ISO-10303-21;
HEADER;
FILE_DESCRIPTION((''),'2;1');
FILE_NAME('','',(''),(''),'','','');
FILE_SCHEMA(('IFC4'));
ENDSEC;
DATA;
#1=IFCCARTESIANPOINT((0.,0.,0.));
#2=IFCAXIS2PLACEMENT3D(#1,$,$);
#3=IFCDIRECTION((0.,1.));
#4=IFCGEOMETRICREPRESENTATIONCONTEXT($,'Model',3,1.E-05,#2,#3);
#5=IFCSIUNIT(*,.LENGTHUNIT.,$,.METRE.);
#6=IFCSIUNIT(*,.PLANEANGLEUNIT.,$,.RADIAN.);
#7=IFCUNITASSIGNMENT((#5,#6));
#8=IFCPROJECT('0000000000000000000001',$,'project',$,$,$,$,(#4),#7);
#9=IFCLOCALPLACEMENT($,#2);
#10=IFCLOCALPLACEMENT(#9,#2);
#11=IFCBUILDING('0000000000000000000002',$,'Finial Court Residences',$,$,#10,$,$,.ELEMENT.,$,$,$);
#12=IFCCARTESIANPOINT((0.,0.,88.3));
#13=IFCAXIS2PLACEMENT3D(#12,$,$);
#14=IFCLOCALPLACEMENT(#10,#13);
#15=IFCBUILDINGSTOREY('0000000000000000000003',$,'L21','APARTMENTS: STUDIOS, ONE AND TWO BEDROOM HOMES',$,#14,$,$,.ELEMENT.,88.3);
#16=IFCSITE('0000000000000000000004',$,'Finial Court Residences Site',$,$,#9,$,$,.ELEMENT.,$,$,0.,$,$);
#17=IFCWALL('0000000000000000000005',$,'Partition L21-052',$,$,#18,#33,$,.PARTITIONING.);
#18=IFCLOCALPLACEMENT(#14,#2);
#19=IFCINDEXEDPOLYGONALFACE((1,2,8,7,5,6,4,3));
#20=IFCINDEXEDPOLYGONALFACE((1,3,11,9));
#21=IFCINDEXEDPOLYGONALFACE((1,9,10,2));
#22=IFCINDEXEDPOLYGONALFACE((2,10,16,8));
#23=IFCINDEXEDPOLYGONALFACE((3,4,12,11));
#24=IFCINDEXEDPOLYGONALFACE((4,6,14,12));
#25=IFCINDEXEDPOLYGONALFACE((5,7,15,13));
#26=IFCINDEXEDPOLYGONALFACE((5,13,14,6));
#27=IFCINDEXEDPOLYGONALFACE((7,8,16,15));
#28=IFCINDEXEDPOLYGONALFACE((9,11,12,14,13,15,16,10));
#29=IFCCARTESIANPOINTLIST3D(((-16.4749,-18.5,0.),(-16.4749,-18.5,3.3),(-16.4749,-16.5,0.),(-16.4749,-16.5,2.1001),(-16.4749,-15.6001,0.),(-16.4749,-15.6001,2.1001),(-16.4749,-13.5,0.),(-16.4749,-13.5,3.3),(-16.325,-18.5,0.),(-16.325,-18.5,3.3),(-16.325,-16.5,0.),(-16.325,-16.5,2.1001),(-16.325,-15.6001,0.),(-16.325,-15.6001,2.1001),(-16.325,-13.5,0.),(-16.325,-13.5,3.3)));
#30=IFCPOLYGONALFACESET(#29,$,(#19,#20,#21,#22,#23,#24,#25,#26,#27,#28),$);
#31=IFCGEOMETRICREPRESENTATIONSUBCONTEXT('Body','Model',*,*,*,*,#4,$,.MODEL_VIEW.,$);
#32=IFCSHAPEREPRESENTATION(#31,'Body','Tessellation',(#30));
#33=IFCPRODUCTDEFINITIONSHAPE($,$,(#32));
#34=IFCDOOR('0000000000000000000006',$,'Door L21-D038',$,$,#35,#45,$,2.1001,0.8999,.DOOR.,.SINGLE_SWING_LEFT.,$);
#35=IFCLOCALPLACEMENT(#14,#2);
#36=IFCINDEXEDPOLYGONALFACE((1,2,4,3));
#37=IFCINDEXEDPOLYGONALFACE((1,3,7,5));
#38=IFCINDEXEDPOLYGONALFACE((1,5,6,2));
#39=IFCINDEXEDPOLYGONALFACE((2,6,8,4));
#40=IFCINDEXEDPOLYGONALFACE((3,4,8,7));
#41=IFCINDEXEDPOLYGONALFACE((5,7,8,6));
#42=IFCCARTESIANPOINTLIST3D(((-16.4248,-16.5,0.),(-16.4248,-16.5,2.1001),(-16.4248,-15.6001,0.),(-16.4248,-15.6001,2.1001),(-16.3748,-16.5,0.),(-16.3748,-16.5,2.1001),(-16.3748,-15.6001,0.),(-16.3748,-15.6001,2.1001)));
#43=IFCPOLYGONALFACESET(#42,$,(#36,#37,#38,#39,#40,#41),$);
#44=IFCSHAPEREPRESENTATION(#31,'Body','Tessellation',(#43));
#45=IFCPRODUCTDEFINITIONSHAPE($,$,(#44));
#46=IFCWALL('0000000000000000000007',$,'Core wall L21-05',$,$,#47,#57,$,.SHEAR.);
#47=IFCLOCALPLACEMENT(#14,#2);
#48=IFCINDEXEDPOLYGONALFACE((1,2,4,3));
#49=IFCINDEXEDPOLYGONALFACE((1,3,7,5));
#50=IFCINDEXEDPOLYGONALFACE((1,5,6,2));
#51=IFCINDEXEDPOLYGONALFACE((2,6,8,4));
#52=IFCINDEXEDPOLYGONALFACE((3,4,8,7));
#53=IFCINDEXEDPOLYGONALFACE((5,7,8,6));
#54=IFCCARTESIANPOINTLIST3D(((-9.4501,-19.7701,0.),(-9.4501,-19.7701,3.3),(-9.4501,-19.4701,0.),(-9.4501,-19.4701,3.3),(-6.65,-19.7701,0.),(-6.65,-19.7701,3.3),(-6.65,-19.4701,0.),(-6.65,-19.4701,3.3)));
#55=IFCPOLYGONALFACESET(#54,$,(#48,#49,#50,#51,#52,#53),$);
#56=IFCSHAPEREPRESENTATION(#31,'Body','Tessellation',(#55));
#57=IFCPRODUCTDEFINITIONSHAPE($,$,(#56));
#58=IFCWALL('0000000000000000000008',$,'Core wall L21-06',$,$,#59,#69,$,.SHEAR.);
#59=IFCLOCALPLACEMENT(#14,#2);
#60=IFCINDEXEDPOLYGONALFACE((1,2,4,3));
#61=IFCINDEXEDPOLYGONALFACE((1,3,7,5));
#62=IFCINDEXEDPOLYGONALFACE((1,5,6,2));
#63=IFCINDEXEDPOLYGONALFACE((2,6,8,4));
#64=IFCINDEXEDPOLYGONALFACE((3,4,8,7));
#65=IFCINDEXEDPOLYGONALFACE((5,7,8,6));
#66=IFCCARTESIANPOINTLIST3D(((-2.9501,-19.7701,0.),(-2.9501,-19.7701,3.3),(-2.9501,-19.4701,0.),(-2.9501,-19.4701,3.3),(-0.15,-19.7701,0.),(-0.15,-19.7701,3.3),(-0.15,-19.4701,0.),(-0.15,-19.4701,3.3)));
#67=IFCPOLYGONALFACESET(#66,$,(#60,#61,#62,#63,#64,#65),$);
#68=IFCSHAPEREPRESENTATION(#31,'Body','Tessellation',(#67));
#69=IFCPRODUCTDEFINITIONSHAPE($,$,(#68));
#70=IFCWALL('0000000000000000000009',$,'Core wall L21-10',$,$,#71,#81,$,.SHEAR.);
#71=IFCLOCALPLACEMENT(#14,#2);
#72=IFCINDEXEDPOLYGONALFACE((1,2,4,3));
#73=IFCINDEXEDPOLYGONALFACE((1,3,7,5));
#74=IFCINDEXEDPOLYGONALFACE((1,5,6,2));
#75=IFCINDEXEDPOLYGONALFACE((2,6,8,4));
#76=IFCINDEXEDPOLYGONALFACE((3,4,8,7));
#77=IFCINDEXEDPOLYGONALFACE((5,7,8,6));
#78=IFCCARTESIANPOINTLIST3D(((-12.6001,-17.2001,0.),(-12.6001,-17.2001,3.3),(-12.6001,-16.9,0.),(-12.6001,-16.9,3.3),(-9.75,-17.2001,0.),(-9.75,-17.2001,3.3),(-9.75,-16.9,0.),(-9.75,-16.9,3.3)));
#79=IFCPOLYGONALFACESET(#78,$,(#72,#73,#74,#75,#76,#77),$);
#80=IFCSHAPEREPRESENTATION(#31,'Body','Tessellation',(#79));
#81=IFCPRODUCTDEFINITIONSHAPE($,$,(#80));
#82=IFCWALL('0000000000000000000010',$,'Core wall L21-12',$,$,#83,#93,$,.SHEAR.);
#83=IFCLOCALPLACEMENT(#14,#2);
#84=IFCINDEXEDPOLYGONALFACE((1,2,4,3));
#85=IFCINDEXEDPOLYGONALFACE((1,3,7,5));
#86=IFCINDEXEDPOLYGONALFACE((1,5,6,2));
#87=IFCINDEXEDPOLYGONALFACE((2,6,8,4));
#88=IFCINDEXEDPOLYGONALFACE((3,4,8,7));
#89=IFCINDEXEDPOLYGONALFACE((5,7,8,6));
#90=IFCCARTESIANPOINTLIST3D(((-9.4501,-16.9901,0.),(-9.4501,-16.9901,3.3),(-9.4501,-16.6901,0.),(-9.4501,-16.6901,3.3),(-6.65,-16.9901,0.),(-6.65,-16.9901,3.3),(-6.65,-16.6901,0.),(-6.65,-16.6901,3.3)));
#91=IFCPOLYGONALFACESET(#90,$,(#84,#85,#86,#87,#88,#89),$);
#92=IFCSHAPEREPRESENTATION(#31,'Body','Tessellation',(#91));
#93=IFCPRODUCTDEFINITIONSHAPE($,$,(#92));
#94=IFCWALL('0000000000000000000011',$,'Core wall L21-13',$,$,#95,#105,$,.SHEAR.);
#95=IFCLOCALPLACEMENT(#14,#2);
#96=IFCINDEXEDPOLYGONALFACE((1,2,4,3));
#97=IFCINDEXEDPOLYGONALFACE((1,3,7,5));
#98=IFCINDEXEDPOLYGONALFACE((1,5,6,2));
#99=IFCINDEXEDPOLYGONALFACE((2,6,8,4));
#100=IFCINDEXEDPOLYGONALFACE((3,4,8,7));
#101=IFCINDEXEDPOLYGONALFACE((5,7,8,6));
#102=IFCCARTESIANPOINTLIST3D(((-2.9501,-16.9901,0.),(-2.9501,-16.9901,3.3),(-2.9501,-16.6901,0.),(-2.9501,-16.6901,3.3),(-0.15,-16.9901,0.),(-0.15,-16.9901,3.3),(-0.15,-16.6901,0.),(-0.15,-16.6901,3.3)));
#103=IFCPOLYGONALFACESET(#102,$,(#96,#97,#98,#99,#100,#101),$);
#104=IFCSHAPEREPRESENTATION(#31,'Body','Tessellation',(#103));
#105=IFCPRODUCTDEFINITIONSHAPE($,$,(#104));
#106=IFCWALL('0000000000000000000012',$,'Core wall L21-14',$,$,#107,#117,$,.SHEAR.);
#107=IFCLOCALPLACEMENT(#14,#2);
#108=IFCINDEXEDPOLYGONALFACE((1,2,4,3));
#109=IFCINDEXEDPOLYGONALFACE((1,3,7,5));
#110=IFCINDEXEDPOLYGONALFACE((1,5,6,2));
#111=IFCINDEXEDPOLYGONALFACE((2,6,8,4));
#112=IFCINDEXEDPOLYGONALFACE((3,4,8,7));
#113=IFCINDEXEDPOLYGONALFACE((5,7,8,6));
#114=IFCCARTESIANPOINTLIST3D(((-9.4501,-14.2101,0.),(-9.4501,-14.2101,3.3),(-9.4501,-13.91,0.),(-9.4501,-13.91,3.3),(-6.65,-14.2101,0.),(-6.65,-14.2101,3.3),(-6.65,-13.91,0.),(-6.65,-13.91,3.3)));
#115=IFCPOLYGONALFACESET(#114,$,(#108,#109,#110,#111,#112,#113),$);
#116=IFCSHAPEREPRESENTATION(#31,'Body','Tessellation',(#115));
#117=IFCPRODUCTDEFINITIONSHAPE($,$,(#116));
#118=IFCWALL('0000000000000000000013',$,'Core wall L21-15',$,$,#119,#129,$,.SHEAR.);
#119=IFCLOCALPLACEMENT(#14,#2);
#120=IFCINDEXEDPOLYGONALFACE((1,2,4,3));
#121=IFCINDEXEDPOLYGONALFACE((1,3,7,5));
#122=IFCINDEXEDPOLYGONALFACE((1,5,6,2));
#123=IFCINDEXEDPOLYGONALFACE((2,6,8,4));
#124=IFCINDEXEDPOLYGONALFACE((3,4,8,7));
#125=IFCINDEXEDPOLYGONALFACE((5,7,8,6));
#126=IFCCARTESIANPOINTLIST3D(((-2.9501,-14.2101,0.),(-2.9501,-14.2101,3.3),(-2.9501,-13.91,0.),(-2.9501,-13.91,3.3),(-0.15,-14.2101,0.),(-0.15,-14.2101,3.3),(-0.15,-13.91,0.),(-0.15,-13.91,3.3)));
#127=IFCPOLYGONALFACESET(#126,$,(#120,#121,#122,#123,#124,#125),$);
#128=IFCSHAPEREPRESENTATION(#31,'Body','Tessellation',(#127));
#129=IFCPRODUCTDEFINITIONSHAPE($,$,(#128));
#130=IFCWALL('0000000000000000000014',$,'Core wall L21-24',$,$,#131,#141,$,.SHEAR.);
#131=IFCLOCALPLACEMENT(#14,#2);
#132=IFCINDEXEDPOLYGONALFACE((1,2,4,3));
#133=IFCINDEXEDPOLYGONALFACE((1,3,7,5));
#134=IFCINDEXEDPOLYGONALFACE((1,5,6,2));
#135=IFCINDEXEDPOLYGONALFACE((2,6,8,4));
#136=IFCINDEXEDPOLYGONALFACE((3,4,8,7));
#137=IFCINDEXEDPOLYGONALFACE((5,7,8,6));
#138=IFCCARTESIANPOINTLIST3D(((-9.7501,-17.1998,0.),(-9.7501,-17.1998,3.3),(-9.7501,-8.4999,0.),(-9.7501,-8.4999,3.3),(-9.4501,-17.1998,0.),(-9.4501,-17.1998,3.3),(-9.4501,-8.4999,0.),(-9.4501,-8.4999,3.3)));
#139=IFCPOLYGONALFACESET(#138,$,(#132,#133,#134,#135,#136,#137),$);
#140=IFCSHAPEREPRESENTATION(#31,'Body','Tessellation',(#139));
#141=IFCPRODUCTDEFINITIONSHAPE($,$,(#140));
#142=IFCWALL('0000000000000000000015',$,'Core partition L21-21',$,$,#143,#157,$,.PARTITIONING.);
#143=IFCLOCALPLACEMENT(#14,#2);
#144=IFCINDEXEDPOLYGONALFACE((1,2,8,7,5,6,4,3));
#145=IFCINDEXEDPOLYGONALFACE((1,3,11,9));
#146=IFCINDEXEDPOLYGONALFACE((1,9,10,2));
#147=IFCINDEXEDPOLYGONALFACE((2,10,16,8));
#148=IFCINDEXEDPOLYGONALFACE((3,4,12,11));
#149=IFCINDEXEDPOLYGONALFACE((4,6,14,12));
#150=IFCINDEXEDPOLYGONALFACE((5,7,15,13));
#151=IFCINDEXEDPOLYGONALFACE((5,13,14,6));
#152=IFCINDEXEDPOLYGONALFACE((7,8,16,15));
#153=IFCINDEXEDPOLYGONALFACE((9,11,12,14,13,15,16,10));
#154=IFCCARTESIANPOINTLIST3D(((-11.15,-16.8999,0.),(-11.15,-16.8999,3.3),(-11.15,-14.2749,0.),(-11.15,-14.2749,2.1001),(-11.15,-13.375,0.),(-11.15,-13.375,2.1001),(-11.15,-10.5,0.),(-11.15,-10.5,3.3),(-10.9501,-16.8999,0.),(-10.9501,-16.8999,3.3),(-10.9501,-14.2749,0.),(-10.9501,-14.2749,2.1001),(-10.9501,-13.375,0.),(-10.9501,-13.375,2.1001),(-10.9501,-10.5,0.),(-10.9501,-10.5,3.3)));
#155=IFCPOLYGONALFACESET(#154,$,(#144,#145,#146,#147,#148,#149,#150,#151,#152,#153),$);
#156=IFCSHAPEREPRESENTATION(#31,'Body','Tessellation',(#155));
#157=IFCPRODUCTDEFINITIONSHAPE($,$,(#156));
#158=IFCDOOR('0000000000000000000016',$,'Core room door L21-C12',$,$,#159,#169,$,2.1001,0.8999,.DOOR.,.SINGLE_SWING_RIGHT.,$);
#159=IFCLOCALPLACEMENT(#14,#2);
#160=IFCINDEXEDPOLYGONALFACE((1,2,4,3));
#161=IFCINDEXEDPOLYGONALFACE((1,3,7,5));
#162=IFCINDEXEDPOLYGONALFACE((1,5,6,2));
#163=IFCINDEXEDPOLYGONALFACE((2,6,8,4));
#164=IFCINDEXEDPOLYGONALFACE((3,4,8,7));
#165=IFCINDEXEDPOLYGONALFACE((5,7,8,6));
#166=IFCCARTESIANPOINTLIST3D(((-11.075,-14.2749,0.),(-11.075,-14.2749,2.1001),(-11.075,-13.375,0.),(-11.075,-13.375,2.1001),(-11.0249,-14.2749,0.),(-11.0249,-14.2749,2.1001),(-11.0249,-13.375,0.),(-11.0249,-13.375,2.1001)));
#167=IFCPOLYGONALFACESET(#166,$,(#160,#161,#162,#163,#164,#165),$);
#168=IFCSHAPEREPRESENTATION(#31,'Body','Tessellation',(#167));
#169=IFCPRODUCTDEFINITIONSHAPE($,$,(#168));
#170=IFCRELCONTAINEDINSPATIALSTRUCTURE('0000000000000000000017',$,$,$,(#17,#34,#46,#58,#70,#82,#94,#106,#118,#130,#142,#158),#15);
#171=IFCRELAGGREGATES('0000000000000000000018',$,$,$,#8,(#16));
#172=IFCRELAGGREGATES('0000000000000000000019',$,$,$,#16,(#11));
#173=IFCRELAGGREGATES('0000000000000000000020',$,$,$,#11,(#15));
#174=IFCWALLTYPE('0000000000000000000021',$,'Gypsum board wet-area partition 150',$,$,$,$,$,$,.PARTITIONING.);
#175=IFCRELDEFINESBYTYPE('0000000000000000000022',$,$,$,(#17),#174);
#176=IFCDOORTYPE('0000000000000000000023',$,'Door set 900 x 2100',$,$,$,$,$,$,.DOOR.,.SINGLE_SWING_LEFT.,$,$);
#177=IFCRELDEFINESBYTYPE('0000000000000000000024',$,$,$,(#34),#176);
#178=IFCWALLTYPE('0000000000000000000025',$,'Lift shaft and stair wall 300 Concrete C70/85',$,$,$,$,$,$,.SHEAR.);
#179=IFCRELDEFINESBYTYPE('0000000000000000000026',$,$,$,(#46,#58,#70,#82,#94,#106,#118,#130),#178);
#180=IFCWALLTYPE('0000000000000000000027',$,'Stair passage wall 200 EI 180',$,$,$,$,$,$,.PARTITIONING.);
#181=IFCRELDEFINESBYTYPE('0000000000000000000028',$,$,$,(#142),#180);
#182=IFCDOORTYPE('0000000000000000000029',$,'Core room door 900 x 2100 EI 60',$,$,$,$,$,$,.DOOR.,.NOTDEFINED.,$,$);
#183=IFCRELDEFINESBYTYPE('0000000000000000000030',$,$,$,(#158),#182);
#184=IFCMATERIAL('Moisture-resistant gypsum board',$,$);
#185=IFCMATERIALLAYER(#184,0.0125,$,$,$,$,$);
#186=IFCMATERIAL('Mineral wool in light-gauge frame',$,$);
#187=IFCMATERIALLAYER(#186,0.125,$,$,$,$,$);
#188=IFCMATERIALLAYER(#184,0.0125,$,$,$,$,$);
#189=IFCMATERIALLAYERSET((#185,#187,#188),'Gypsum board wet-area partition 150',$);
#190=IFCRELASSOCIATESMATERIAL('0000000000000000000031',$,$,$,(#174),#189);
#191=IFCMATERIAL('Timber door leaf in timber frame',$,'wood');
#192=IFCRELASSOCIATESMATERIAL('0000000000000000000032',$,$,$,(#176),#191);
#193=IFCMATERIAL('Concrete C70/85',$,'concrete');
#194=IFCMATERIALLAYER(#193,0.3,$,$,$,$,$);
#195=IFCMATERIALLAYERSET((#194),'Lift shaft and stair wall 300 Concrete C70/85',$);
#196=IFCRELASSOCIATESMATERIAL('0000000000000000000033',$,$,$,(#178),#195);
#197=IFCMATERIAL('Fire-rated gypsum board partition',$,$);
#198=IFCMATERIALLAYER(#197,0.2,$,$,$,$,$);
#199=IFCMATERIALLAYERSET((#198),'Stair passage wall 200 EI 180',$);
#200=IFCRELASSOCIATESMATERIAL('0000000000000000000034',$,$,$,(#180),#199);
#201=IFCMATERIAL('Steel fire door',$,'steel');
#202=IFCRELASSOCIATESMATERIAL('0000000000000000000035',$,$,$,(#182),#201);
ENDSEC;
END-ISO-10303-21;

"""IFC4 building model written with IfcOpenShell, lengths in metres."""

from ifc_helpers import new_model, si_unit, direction, frame, frame_2d, origin, place, context, subcontext, project, spatial, rectangle, extrude, material, layer, layer_set, type_object, element, fill, save


model = new_model("IFC4")

# Units and contexts
model_context = context("Model", 3, precision=1e-05, world=origin(), true_north=direction((0.0, 1.0)))
body_context = subcontext(model_context, "Body", "Model", "MODEL_VIEW")
ifc_project = project(units=[si_unit("LENGTHUNIT", "METRE"), si_unit("PLANEANGLEUNIT", "RADIAN")], contexts=[model_context])

# Site, building, storey
site_placement = place(None, origin())
site = spatial("IfcSite", under=ifc_project, at=site_placement, Name="Finial Court Residences Site", CompositionType="ELEMENT", RefElevation=0.0)
building_placement = place(site_placement, origin())
building = spatial("IfcBuilding", under=site, at=building_placement, Name="Finial Court Residences", CompositionType="ELEMENT")
storey_placement = place(building_placement, frame((0.0, 0.0, 88.3)))
storey = spatial("IfcBuildingStorey", under=building, at=storey_placement, Name="L21", Description="APARTMENTS: STUDIOS, ONE AND TWO BEDROOM HOMES", CompositionType="ELEMENT", Elevation=88.3)

# Wall, opening, door
ifc_material_1 = material(Name="Moisture-resistant gypsum board")
ifc_layer_1 = layer(ifc_material_1, 0.0125)
ifc_material_2 = material(Name="Mineral wool in light-gauge frame")
ifc_layer_2 = layer(ifc_material_2, 0.125)
ifc_layer_3 = layer(ifc_material_1, 0.0125)
ifc_layer_set_1 = layer_set([ifc_layer_1, ifc_layer_2, ifc_layer_3], Name="Gypsum board wet-area partition 150")
wall_type_1 = type_object("IfcWallType", Name="Gypsum board wet-area partition 150", PredefinedType="PARTITIONING", material=ifc_layer_set_1)
wall_1_placement = place(storey_placement, frame((-16.3999, -18.5, 0.0), z_axis=(0.0, 0.0, 1.0), x_axis=(0.0, 1.0, 0.0)))
wall_1 = element("IfcWall", 1, at=wall_1_placement, inside=storey, type_object=wall_type_1, Name="Partition L21-052", PredefinedType="PARTITIONING", context=body_context, shape_type="SweptSolid", body=[
    extrude(rectangle(XDim=5.0, YDim=0.1499, at=frame_2d((2.5, 0.0))), origin(), (0.0, 0.0, 1.0), 3.3),
])
opening_1_placement = place(wall_1_placement, frame((2.0, 0.0, 0.0)))
opening_1 = element("IfcOpeningElement", 2, at=opening_1_placement, cuts=wall_1, PredefinedType="OPENING", context=body_context, shape_type="SweptSolid", body=[
    extrude(rectangle(XDim=0.8999, YDim=2.1001, at=frame_2d((0.45, 1.05))), frame((0.0, 0.085, 0.0), z_axis=(0.0, -1.0, 0.0), x_axis=(1.0, 0.0, 0.0)), (0.0, 0.0, 1.0), 0.1699),
])
ifc_material_3 = material(Name="Timber door leaf in timber frame", Category="wood")
door_type_1 = type_object("IfcDoorType", Name="Door set 900 x 2100", OperationType="SINGLE_SWING_LEFT", PredefinedType="DOOR", material=ifc_material_3)
door_1_placement = place(opening_1_placement, origin())
door_1 = element("IfcDoor", 3, at=door_1_placement, inside=storey, type_object=door_type_1, Name="Door L21-D038", OperationType="SINGLE_SWING_LEFT", OverallHeight=2.1001, OverallWidth=0.8999, PredefinedType="DOOR", context=body_context, shape_type="SweptSolid", body=[
    extrude(rectangle(XDim=0.8999, YDim=2.1001, at=frame_2d((0.45, 1.05))), frame((0.0, 0.0249, 0.0), z_axis=(0.0, -1.0, 0.0), x_axis=(1.0, 0.0, 0.0)), (0.0, 0.0, 1.0), 0.05),
])
fill(opening_1, door_1)

# Walls
ifc_material_4 = material(Name="Concrete C70/85", Category="concrete")
ifc_layer_4 = layer(ifc_material_4, 0.3)
ifc_layer_set_2 = layer_set([ifc_layer_4], Name="Lift shaft and stair wall 300 Concrete C70/85")
wall_type_2 = type_object("IfcWallType", Name="Lift shaft and stair wall 300 Concrete C70/85", PredefinedType="SHEAR", material=ifc_layer_set_2)
for number, where, z_axis, x_axis, name in (
    (4, (-9.45, -19.6201, 0.0), (0.0, 0.0, 1.0), (1.0, 0.0, 0.0), "Core wall L21-05"),
    (5, (-2.95, -19.6201, 0.0), (0.0, 0.0, 1.0), (1.0, 0.0, 0.0), "Core wall L21-06"),
):
    element("IfcWall", number, at=place(storey_placement, frame(where, z_axis=z_axis, x_axis=x_axis)), inside=storey, type_object=wall_type_2, Name=name, PredefinedType="SHEAR", context=body_context, shape_type="SweptSolid", body=[
        extrude(rectangle(XDim=2.8, YDim=0.3, at=frame_2d((1.3999, 0.0))), origin(), (0.0, 0.0, 1.0), 3.3),
    ])
wall_2_placement = place(storey_placement, frame((-12.6001, -17.05, 0.0), z_axis=(0.0, 0.0, 1.0), x_axis=(1.0, 0.0, 0.0)))
element("IfcWall", 6, at=wall_2_placement, inside=storey, type_object=wall_type_2, Name="Core wall L21-10", PredefinedType="SHEAR", context=body_context, shape_type="SweptSolid", body=[
    extrude(rectangle(XDim=2.8501, YDim=0.3, at=frame_2d((1.425, 0.0))), origin(), (0.0, 0.0, 1.0), 3.3),
])
for number, where, z_axis, x_axis, name in (
    (7, (-9.45, -16.8401, 0.0), (0.0, 0.0, 1.0), (1.0, 0.0, 0.0), "Core wall L21-12"),
    (8, (-2.95, -16.8401, 0.0), (0.0, 0.0, 1.0), (1.0, 0.0, 0.0), "Core wall L21-13"),
    (9, (-9.45, -14.0601, 0.0), (0.0, 0.0, 1.0), (1.0, 0.0, 0.0), "Core wall L21-14"),
    (10, (-2.95, -14.0601, 0.0), (0.0, 0.0, 1.0), (1.0, 0.0, 0.0), "Core wall L21-15"),
):
    element("IfcWall", number, at=place(storey_placement, frame(where, z_axis=z_axis, x_axis=x_axis)), inside=storey, type_object=wall_type_2, Name=name, PredefinedType="SHEAR", context=body_context, shape_type="SweptSolid", body=[
        extrude(rectangle(XDim=2.8, YDim=0.3, at=frame_2d((1.3999, 0.0))), origin(), (0.0, 0.0, 1.0), 3.3),
    ])
wall_3_placement = place(storey_placement, frame((-9.6001, -17.2, 0.0), z_axis=(0.0, 0.0, 1.0), x_axis=(0.0, 1.0, 0.0)))
element("IfcWall", 11, at=wall_3_placement, inside=storey, type_object=wall_type_2, Name="Core wall L21-24", PredefinedType="SHEAR", context=body_context, shape_type="SweptSolid", body=[
    extrude(rectangle(XDim=8.7, YDim=0.3, at=frame_2d((4.3501, 0.0))), origin(), (0.0, 0.0, 1.0), 3.3),
])

# Wall, opening, door
ifc_material_5 = material(Name="Fire-rated gypsum board partition")
ifc_layer_5 = layer(ifc_material_5, 0.2)
ifc_layer_set_3 = layer_set([ifc_layer_5], Name="Stair passage wall 200 EI 180")
wall_type_3 = type_object("IfcWallType", Name="Stair passage wall 200 EI 180", PredefinedType="PARTITIONING", material=ifc_layer_set_3)
wall_4_placement = place(storey_placement, frame((-11.05, -16.8999, 0.0), z_axis=(0.0, 0.0, 1.0), x_axis=(0.0, 1.0, 0.0)))
wall_4 = element("IfcWall", 12, at=wall_4_placement, inside=storey, type_object=wall_type_3, Name="Core partition L21-21", PredefinedType="PARTITIONING", context=body_context, shape_type="SweptSolid", body=[
    extrude(rectangle(XDim=6.3999, YDim=0.2, at=frame_2d((3.2, 0.0))), origin(), (0.0, 0.0, 1.0), 3.3),
])
opening_2_placement = place(wall_4_placement, frame((2.625, 0.0, 0.0)))
opening_2 = element("IfcOpeningElement", 13, at=opening_2_placement, cuts=wall_4, PredefinedType="OPENING", context=body_context, shape_type="SweptSolid", body=[
    extrude(rectangle(XDim=0.8999, YDim=2.1001, at=frame_2d((0.45, 1.05))), frame((0.0, 0.1099, 0.0), z_axis=(0.0, -1.0, 0.0), x_axis=(1.0, 0.0, 0.0)), (0.0, 0.0, 1.0), 0.22),
])
ifc_material_6 = material(Name="Steel fire door", Category="steel")
door_type_2 = type_object("IfcDoorType", Name="Core room door 900 x 2100 EI 60", OperationType="NOTDEFINED", PredefinedType="DOOR", material=ifc_material_6)
door_2_placement = place(opening_2_placement, origin())
door_2 = element("IfcDoor", 14, at=door_2_placement, inside=storey, type_object=door_type_2, Name="Core room door L21-C12", OperationType="SINGLE_SWING_RIGHT", OverallHeight=2.1001, OverallWidth=0.8999, PredefinedType="DOOR", context=body_context, shape_type="SweptSolid", body=[
    extrude(rectangle(XDim=0.8999, YDim=2.1001, at=frame_2d((0.45, 1.05))), frame((0.0, 0.0249, 0.0), z_axis=(0.0, -1.0, 0.0), x_axis=(1.0, 0.0, 0.0)), (0.0, 0.0, 1.0), 0.05),
])
fill(opening_2, door_2)

save(model, "model.ifc")
